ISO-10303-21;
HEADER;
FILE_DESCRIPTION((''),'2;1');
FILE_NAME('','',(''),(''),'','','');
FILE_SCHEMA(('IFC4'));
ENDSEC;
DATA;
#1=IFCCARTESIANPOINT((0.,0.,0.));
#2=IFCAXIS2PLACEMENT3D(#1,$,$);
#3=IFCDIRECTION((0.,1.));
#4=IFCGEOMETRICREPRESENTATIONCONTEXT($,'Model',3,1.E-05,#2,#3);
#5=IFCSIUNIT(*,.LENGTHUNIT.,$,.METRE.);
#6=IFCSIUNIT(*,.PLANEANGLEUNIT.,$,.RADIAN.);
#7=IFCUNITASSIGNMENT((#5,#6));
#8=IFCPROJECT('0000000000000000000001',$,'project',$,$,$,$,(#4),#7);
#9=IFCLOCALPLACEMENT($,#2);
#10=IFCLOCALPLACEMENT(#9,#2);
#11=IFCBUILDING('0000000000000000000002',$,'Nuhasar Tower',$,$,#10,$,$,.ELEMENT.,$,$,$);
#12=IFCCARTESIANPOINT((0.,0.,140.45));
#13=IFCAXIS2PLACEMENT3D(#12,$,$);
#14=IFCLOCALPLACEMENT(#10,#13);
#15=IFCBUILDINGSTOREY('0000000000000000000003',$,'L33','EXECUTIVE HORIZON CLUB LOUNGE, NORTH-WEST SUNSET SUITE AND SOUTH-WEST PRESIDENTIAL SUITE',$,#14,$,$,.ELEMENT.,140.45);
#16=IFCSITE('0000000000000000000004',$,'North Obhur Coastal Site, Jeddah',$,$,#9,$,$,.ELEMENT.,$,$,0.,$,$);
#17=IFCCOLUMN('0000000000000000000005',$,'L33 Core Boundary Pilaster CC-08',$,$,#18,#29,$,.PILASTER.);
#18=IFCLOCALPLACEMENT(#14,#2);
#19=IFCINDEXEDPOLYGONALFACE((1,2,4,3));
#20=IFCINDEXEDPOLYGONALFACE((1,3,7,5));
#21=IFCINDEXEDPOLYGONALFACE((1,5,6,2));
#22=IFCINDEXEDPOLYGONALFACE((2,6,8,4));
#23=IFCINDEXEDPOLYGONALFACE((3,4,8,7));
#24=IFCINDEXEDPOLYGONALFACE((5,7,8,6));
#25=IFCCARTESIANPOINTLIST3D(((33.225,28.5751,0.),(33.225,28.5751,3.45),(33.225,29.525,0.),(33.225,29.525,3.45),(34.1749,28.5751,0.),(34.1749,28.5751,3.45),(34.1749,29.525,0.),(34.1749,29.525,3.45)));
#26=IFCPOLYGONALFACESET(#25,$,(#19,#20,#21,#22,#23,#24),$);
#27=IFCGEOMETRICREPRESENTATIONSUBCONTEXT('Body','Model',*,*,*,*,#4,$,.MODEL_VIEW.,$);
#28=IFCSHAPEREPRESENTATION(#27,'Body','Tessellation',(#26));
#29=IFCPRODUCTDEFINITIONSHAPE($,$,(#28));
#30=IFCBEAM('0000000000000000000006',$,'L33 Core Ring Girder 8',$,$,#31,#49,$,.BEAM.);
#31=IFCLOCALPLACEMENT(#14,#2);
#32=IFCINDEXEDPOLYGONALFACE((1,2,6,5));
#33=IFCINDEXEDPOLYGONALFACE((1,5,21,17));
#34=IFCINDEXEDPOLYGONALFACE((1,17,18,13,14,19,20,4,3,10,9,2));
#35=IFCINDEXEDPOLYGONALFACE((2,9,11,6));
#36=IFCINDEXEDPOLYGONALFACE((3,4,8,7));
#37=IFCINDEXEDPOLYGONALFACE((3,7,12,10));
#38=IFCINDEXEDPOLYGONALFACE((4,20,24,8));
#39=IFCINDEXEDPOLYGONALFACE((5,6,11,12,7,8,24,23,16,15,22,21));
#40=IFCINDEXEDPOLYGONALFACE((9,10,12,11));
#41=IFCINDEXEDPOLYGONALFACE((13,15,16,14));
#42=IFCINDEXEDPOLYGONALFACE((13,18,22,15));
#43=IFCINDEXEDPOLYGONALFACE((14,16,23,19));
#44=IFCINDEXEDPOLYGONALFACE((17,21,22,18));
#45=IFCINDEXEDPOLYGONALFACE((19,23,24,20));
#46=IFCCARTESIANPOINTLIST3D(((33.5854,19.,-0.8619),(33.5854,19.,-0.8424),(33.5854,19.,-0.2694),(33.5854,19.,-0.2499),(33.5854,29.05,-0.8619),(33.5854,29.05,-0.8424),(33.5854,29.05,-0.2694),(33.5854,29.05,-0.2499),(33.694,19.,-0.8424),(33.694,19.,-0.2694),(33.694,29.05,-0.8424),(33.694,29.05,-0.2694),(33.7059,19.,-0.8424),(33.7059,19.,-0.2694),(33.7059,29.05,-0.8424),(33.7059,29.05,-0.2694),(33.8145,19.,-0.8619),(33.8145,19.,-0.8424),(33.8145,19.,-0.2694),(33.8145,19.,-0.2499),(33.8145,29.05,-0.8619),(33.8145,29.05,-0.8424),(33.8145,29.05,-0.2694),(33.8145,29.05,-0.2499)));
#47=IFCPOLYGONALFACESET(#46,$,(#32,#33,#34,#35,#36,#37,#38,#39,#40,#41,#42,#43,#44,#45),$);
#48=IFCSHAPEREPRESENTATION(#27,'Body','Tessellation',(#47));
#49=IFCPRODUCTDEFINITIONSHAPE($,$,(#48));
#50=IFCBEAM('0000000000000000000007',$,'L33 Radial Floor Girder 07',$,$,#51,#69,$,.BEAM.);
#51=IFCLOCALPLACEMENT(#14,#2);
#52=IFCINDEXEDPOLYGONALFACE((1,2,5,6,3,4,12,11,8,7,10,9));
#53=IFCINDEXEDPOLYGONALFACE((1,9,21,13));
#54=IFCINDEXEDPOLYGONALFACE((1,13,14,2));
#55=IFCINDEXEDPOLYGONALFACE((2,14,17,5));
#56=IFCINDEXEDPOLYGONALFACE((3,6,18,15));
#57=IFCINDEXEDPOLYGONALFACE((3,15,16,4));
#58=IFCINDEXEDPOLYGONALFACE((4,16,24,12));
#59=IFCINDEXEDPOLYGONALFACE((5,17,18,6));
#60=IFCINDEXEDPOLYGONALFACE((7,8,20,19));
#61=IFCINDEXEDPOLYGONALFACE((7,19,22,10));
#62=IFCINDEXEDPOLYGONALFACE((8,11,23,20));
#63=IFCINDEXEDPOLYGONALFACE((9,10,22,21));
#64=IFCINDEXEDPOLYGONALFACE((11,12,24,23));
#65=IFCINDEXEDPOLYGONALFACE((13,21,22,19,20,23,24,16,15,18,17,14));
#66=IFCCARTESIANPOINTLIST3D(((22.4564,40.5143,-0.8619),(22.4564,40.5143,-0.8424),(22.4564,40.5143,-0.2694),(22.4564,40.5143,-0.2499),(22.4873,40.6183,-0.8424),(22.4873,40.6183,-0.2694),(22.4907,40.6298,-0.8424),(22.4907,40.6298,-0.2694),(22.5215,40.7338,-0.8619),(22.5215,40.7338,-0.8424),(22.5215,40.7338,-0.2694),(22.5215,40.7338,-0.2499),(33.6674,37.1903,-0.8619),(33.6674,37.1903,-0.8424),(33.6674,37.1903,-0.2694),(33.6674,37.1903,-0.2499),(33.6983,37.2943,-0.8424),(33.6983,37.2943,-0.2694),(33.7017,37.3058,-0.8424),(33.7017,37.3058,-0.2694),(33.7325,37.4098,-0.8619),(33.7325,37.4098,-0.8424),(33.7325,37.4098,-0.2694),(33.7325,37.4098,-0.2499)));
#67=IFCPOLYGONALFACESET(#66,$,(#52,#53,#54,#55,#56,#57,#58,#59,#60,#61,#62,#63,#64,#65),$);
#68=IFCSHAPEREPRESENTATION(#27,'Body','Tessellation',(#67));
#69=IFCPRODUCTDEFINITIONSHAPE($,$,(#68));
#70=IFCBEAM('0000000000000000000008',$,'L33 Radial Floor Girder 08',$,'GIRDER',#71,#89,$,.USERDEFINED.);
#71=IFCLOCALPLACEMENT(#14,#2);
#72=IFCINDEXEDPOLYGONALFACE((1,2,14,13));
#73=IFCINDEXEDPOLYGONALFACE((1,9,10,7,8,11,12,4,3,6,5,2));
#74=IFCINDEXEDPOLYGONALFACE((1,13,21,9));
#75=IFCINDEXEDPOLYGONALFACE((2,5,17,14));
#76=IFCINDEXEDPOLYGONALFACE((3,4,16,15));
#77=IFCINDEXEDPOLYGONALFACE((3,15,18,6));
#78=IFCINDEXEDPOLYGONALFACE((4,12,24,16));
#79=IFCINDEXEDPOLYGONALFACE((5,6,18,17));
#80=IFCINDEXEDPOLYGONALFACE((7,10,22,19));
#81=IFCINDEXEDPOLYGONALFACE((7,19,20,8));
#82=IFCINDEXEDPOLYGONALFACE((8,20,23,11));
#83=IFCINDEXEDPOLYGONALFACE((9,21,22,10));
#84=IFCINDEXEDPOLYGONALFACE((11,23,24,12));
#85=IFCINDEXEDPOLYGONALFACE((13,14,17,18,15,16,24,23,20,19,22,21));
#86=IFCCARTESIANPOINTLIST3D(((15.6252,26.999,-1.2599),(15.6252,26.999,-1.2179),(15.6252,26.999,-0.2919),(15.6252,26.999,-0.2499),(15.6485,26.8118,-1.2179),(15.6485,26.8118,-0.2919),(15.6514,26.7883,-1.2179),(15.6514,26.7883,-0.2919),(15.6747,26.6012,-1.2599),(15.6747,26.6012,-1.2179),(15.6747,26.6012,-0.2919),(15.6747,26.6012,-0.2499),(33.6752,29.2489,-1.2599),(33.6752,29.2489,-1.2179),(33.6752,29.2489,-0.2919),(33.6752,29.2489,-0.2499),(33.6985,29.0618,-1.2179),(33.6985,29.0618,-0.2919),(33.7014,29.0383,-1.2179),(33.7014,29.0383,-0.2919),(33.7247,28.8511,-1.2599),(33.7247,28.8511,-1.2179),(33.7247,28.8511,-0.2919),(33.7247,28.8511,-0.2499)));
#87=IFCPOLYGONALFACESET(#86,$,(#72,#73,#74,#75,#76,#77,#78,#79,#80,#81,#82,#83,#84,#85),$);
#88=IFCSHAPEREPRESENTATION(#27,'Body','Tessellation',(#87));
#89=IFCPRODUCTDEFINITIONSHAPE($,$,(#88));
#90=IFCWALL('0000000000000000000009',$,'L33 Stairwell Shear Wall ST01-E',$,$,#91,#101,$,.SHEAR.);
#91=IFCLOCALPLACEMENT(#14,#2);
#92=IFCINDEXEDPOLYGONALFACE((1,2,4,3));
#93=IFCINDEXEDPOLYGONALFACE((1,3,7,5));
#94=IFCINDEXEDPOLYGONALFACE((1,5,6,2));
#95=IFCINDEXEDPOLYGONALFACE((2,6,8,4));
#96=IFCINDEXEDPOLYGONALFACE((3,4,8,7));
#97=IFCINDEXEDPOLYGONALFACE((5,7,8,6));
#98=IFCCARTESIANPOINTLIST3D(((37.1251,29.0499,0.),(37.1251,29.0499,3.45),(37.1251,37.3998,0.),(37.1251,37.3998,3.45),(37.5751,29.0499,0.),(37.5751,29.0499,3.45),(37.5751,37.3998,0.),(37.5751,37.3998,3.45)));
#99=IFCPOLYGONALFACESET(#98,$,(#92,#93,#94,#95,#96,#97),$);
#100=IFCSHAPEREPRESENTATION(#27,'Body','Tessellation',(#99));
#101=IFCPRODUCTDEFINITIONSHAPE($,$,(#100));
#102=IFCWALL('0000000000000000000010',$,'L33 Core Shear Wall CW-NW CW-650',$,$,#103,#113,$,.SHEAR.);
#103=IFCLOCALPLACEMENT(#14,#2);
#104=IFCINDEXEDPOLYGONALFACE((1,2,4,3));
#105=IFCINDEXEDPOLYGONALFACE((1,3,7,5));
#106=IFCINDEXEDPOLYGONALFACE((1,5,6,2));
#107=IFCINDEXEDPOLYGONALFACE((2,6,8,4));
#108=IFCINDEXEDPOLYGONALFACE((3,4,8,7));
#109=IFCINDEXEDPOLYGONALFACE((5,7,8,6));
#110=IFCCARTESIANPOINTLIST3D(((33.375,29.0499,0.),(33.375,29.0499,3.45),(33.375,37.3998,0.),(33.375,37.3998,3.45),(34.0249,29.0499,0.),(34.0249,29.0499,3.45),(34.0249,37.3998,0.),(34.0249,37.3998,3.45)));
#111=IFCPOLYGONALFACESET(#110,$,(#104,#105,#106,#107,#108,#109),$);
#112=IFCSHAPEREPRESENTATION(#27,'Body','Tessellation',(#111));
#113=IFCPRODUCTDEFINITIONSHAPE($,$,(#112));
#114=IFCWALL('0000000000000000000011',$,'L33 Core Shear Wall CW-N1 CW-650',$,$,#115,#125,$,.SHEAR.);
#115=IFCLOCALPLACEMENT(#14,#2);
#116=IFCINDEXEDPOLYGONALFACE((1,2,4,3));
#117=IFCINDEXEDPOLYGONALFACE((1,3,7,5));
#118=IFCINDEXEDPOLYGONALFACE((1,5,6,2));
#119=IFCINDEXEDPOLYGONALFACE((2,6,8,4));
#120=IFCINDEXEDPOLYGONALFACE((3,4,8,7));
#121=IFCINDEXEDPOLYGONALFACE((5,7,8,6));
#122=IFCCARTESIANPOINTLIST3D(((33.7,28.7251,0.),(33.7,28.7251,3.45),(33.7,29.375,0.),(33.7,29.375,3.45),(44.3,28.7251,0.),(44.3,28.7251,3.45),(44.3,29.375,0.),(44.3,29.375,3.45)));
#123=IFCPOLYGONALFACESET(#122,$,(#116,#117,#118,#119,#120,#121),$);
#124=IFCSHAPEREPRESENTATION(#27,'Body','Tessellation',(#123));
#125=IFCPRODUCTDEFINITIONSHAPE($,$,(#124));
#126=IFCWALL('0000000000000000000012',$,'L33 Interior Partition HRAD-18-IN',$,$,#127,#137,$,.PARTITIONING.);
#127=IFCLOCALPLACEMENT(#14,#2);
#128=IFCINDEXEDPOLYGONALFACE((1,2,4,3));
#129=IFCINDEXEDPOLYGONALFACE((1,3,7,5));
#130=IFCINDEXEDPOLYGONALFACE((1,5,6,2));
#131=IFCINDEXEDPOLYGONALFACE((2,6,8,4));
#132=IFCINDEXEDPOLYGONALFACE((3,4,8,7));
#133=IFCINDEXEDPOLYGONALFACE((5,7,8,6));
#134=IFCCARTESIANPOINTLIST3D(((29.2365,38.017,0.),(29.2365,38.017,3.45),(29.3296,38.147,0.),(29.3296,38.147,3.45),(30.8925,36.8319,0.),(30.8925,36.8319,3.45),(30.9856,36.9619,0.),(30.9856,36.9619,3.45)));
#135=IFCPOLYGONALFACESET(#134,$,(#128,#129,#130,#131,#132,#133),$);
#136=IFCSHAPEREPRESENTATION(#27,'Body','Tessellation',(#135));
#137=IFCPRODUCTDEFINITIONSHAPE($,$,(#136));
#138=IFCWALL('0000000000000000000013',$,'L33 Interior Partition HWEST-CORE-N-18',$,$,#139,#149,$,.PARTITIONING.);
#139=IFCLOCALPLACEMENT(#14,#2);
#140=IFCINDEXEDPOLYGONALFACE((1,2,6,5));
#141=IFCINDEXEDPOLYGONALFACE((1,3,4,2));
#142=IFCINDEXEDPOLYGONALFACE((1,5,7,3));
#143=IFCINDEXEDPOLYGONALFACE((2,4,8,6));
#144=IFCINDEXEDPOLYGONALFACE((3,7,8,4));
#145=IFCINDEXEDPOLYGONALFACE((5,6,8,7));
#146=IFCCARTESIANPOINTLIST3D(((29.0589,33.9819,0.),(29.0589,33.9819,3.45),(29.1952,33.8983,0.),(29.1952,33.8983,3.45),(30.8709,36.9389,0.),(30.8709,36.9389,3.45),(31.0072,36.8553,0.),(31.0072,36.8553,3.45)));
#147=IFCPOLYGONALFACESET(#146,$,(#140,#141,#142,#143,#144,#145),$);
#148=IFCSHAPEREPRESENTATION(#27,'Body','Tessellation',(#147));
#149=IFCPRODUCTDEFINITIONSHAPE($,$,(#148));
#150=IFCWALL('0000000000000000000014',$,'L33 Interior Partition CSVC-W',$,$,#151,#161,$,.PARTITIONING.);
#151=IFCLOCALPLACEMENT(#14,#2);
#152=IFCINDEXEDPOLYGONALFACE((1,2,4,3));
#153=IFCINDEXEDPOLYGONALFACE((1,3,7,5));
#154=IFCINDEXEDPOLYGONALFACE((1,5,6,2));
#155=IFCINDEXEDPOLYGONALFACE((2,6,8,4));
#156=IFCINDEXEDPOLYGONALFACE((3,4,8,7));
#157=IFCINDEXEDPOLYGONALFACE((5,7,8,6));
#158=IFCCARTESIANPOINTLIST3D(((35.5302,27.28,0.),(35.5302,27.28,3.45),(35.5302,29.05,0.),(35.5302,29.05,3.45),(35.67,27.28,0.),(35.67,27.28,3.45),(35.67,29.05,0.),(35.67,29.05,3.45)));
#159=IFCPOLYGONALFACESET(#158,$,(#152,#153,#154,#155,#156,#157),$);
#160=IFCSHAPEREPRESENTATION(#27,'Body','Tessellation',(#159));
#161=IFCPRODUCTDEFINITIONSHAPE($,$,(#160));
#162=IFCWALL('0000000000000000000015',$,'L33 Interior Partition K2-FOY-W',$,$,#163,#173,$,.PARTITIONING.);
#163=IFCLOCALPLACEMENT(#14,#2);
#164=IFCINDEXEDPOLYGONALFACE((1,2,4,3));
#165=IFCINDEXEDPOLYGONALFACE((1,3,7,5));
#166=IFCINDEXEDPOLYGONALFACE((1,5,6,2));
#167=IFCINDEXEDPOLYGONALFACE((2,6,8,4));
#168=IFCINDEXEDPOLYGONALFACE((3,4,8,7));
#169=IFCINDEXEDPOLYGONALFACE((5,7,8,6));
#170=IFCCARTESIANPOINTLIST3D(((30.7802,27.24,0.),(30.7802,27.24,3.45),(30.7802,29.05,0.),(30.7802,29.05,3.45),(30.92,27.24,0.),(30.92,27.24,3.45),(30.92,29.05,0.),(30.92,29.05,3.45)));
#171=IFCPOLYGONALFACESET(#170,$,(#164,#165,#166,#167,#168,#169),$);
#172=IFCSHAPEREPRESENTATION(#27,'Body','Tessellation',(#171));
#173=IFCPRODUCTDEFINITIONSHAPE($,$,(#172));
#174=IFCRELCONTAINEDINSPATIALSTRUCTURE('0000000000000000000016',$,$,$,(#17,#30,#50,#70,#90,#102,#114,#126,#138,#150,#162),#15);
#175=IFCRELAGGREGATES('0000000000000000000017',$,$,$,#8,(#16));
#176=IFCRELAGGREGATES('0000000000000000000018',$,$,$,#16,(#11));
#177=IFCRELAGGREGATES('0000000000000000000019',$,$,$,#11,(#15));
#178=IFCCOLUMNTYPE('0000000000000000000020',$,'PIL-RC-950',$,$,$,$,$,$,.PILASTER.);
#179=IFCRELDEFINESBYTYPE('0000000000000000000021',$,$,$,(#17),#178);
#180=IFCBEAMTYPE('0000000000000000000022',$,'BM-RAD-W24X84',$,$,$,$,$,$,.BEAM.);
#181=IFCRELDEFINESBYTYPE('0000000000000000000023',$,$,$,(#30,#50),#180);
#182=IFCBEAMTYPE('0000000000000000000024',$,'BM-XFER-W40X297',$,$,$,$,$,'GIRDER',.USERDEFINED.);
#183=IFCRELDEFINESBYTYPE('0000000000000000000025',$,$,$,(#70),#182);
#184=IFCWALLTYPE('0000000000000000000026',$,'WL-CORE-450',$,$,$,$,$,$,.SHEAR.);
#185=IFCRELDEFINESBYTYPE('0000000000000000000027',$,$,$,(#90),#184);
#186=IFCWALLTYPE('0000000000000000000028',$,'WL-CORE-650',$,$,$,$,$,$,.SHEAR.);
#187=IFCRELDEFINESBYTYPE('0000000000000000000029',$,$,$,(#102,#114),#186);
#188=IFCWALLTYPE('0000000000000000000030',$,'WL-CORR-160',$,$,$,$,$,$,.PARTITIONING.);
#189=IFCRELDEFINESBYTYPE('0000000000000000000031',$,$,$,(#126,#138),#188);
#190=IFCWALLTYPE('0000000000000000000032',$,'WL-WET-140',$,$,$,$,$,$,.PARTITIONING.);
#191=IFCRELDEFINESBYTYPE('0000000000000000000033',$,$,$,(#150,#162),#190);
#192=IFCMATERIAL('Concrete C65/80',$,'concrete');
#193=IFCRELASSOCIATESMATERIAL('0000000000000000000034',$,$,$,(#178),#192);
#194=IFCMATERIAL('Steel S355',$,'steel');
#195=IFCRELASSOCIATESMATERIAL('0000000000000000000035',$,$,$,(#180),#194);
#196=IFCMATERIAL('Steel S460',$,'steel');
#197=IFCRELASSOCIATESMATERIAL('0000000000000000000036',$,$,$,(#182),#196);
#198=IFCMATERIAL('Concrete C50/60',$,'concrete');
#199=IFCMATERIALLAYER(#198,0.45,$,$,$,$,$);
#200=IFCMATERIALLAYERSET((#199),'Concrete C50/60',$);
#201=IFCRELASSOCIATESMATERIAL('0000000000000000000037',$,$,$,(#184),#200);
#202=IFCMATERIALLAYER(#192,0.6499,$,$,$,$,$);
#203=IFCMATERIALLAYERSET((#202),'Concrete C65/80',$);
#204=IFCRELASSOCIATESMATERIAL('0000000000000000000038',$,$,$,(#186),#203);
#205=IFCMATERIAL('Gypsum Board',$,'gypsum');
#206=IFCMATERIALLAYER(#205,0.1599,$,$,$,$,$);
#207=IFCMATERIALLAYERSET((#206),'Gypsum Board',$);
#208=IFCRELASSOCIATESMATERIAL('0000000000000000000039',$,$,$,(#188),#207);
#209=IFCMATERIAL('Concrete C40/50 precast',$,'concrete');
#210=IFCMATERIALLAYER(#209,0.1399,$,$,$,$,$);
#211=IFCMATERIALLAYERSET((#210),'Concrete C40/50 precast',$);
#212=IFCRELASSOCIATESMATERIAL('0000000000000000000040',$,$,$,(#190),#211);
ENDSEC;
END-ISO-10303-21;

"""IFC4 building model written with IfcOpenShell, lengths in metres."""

from ifc_helpers import new_model, si_unit, direction, frame, frame_2d, origin, origin_2d, place, context, subcontext, project, spatial, rectangle, i_section, extrude, material, layer, layer_set, material_profile, profile_set, type_object, element, save


model = new_model("IFC4")

# Units and contexts
model_context = context("Model", 3, precision=1e-05, world=origin(), true_north=direction((0.0, 1.0)))
body_context = subcontext(model_context, "Body", "Model", "MODEL_VIEW")
ifc_project = project(units=[si_unit("LENGTHUNIT", "METRE"), si_unit("PLANEANGLEUNIT", "RADIAN")], contexts=[model_context])

# Site, building, storey
site_placement = place(None, origin())
site = spatial("IfcSite", under=ifc_project, at=site_placement, Name="North Obhur Coastal Site, Jeddah", CompositionType="ELEMENT", RefElevation=0.0)
building_placement = place(site_placement, origin())
building = spatial("IfcBuilding", under=site, at=building_placement, Name="Nuhasar Tower", CompositionType="ELEMENT")
storey_placement = place(building_placement, frame((0.0, 0.0, 140.45)))
storey = spatial("IfcBuildingStorey", under=building, at=storey_placement, Name="L33", Description="EXECUTIVE HORIZON CLUB LOUNGE, NORTH-WEST SUNSET SUITE AND SOUTH-WEST PRESIDENTIAL SUITE", CompositionType="ELEMENT", Elevation=140.45)

# Column
ifc_material_1 = material(Name="Concrete C65/80", Category="concrete")
ifc_material_profile_1 = material_profile(ifc_material_1, rectangle(XDim=0.95, YDim=0.95, at=origin_2d()), Name="RC950X950")
ifc_profile_set_1 = profile_set([ifc_material_profile_1], Name="Concrete C65/80")
column_type = type_object("IfcColumnType", Name="PIL-RC-950", PredefinedType="PILASTER", material=ifc_profile_set_1)
column_placement = place(storey_placement, frame((33.7, 29.05, 0.0), z_axis=(0.0, 0.0, 1.0), x_axis=(1.0, 0.0, 0.0)))
element("IfcColumn", 1, at=column_placement, inside=storey, type_object=column_type, Name="L33 Core Boundary Pilaster CC-08", PredefinedType="PILASTER", context=body_context, shape_type="SweptSolid", body=[
    extrude(rectangle(XDim=0.95, YDim=0.95, at=origin_2d()), origin(), (0.0, 0.0, 1.0), 3.45),
])

# Beams
ifc_material_2 = material(Name="Steel S355", Category="steel")
ifc_material_profile_2 = material_profile(ifc_material_2, i_section(OverallWidth=0.229, OverallDepth=0.6121, WebThickness=0.012, FlangeThickness=0.0195, at=origin_2d()), Name="W24X84")
ifc_profile_set_2 = profile_set([ifc_material_profile_2], Name="Steel S355")
beam_type_1 = type_object("IfcBeamType", Name="BM-RAD-W24X84", PredefinedType="BEAM", material=ifc_profile_set_2)
beam_1_placement = place(storey_placement, frame((33.7, 29.05, -0.5559), z_axis=(0.0, -1.0, 0.0), x_axis=(1.0, 0.0, 0.0)))
element("IfcBeam", 2, at=beam_1_placement, inside=storey, type_object=beam_type_1, Name="L33 Core Ring Girder 8", PredefinedType="BEAM", context=body_context, shape_type="SweptSolid", body=[
    extrude(i_section(OverallWidth=0.229, OverallDepth=0.6121, WebThickness=0.012, FlangeThickness=0.0195, at=origin_2d()), origin(), (0.0, 0.0, 1.0), 10.05),
])
beam_2_placement = place(storey_placement, frame((33.7, 37.3, -0.5559), z_axis=(-0.958746, 0.284262, 0.0), x_axis=(-0.284262, -0.958746, 0.0)))
element("IfcBeam", 3, at=beam_2_placement, inside=storey, type_object=beam_type_1, Name="L33 Radial Floor Girder 07", PredefinedType="BEAM", context=body_context, shape_type="SweptSolid", body=[
    extrude(i_section(OverallWidth=0.229, OverallDepth=0.6121, WebThickness=0.012, FlangeThickness=0.0195, at=origin_2d()), origin(), (0.0, 0.0, 1.0), 11.6934),
])
ifc_material_3 = material(Name="Steel S460", Category="steel")
ifc_material_profile_3 = material_profile(ifc_material_3, i_section(OverallWidth=0.4009, OverallDepth=1.01, WebThickness=0.0237, FlangeThickness=0.042, at=origin_2d()), Name="W40X297")
ifc_profile_set_3 = profile_set([ifc_material_profile_3], Name="Steel S460")
beam_type_2 = type_object("IfcBeamType", Name="BM-XFER-W40X297", ElementType="GIRDER", PredefinedType="USERDEFINED", material=ifc_profile_set_3)
beam_3_placement = place(storey_placement, frame((33.7, 29.05, -0.7549), z_axis=(-0.99232, -0.123696, 0.0), x_axis=(0.123696, -0.99232, 0.0)))
element("IfcBeam", 4, at=beam_3_placement, inside=storey, type_object=beam_type_2, Name="L33 Radial Floor Girder 08", ObjectType="GIRDER", PredefinedType="USERDEFINED", context=body_context, shape_type="SweptSolid", body=[
    extrude(i_section(OverallWidth=0.4009, OverallDepth=1.01, WebThickness=0.0237, FlangeThickness=0.042, at=origin_2d()), origin(), (0.0, 0.0, 1.0), 18.1897),
])

# Walls
ifc_material_4 = material(Name="Concrete C50/60", Category="concrete")
ifc_layer_1 = layer(ifc_material_4, 0.45)
ifc_layer_set_1 = layer_set([ifc_layer_1], Name="Concrete C50/60")
wall_type_1 = type_object("IfcWallType", Name="WL-CORE-450", PredefinedType="SHEAR", material=ifc_layer_set_1)
wall_1_placement = place(storey_placement, frame((37.3501, 29.05, 0.0), z_axis=(0.0, 0.0, 1.0), x_axis=(0.0, 1.0, 0.0)))
element("IfcWall", 5, at=wall_1_placement, inside=storey, type_object=wall_type_1, Name="L33 Stairwell Shear Wall ST01-E", PredefinedType="SHEAR", context=body_context, shape_type="SweptSolid", body=[
    extrude(rectangle(XDim=8.3499, YDim=0.45, at=frame_2d((4.1748, 0.0))), origin(), (0.0, 0.0, 1.0), 3.45),
])
ifc_layer_2 = layer(ifc_material_1, 0.6499)
ifc_layer_set_2 = layer_set([ifc_layer_2], Name="Concrete C65/80")
wall_type_2 = type_object("IfcWallType", Name="WL-CORE-650", PredefinedType="SHEAR", material=ifc_layer_set_2)
wall_2_placement = place(storey_placement, frame((33.7, 29.05, 0.0), z_axis=(0.0, 0.0, 1.0), x_axis=(0.0, 1.0, 0.0)))
element("IfcWall", 6, at=wall_2_placement, inside=storey, type_object=wall_type_2, Name="L33 Core Shear Wall CW-NW CW-650", PredefinedType="SHEAR", context=body_context, shape_type="SweptSolid", body=[
    extrude(rectangle(XDim=8.3499, YDim=0.6499, at=frame_2d((4.1748, 0.0))), origin(), (0.0, 0.0, 1.0), 3.45),
])
wall_3_placement = place(storey_placement, frame((33.7, 29.05, 0.0), z_axis=(0.0, 0.0, 1.0), x_axis=(1.0, 0.0, 0.0)))
element("IfcWall", 7, at=wall_3_placement, inside=storey, type_object=wall_type_2, Name="L33 Core Shear Wall CW-N1 CW-650", PredefinedType="SHEAR", context=body_context, shape_type="SweptSolid", body=[
    extrude(rectangle(XDim=10.6001, YDim=0.6499, at=frame_2d((5.3, 0.0))), origin(), (0.0, 0.0, 1.0), 3.45),
])
ifc_material_5 = material(Name="Gypsum Board", Category="gypsum")
ifc_layer_3 = layer(ifc_material_5, 0.1599)
ifc_layer_set_3 = layer_set([ifc_layer_3], Name="Gypsum Board")
wall_type_3 = type_object("IfcWallType", Name="WL-CORR-160", PredefinedType="PARTITIONING", material=ifc_layer_set_3)
wall_4_placement = place(storey_placement, frame((30.939, 36.897, 0.0), z_axis=(0.0, 0.0, 1.0), x_axis=(-0.813223, 0.581952, 0.0)))
element("IfcWall", 8, at=wall_4_placement, inside=storey, type_object=wall_type_3, Name="L33 Interior Partition HRAD-18-IN", PredefinedType="PARTITIONING", context=body_context, shape_type="SweptSolid", body=[
    extrude(rectangle(XDim=2.0364, YDim=0.1599, at=frame_2d((1.0181, 0.0))), origin(), (0.0, 0.0, 1.0), 3.45),
])
wall_5_placement = place(storey_placement, frame((30.939, 36.897, 0.0), z_axis=(0.0, 0.0, 1.0), x_axis=(-0.522486, -0.852648, 0.0)))
element("IfcWall", 9, at=wall_5_placement, inside=storey, type_object=wall_type_3, Name="L33 Interior Partition HWEST-CORE-N-18", PredefinedType="PARTITIONING", context=body_context, shape_type="SweptSolid", body=[
    extrude(rectangle(XDim=3.468, YDim=0.1599, at=frame_2d((1.7339, 0.0))), origin(), (0.0, 0.0, 1.0), 3.45),
])
ifc_material_6 = material(Name="Concrete C40/50 precast", Category="concrete")
ifc_layer_4 = layer(ifc_material_6, 0.1399)
ifc_layer_set_4 = layer_set([ifc_layer_4], Name="Concrete C40/50 precast")
wall_type_4 = type_object("IfcWallType", Name="WL-WET-140", PredefinedType="PARTITIONING", material=ifc_layer_set_4)
wall_6_placement = place(storey_placement, frame((35.6001, 27.28, 0.0), z_axis=(0.0, 0.0, 1.0), x_axis=(0.0, 1.0, 0.0)))
element("IfcWall", 10, at=wall_6_placement, inside=storey, type_object=wall_type_4, Name="L33 Interior Partition CSVC-W", PredefinedType="PARTITIONING", context=body_context, shape_type="SweptSolid", body=[
    extrude(rectangle(XDim=1.77, YDim=0.1399, at=frame_2d((0.885, 0.0))), origin(), (0.0, 0.0, 1.0), 3.45),
])
wall_7_placement = place(storey_placement, frame((30.8501, 27.24, 0.0), z_axis=(0.0, 0.0, 1.0), x_axis=(0.0, 1.0, 0.0)))
element("IfcWall", 11, at=wall_7_placement, inside=storey, type_object=wall_type_4, Name="L33 Interior Partition K2-FOY-W", PredefinedType="PARTITIONING", context=body_context, shape_type="SweptSolid", body=[
    extrude(rectangle(XDim=1.8101, YDim=0.1399, at=frame_2d((0.905, 0.0))), origin(), (0.0, 0.0, 1.0), 3.45),
])

save(model, "model.ifc")
